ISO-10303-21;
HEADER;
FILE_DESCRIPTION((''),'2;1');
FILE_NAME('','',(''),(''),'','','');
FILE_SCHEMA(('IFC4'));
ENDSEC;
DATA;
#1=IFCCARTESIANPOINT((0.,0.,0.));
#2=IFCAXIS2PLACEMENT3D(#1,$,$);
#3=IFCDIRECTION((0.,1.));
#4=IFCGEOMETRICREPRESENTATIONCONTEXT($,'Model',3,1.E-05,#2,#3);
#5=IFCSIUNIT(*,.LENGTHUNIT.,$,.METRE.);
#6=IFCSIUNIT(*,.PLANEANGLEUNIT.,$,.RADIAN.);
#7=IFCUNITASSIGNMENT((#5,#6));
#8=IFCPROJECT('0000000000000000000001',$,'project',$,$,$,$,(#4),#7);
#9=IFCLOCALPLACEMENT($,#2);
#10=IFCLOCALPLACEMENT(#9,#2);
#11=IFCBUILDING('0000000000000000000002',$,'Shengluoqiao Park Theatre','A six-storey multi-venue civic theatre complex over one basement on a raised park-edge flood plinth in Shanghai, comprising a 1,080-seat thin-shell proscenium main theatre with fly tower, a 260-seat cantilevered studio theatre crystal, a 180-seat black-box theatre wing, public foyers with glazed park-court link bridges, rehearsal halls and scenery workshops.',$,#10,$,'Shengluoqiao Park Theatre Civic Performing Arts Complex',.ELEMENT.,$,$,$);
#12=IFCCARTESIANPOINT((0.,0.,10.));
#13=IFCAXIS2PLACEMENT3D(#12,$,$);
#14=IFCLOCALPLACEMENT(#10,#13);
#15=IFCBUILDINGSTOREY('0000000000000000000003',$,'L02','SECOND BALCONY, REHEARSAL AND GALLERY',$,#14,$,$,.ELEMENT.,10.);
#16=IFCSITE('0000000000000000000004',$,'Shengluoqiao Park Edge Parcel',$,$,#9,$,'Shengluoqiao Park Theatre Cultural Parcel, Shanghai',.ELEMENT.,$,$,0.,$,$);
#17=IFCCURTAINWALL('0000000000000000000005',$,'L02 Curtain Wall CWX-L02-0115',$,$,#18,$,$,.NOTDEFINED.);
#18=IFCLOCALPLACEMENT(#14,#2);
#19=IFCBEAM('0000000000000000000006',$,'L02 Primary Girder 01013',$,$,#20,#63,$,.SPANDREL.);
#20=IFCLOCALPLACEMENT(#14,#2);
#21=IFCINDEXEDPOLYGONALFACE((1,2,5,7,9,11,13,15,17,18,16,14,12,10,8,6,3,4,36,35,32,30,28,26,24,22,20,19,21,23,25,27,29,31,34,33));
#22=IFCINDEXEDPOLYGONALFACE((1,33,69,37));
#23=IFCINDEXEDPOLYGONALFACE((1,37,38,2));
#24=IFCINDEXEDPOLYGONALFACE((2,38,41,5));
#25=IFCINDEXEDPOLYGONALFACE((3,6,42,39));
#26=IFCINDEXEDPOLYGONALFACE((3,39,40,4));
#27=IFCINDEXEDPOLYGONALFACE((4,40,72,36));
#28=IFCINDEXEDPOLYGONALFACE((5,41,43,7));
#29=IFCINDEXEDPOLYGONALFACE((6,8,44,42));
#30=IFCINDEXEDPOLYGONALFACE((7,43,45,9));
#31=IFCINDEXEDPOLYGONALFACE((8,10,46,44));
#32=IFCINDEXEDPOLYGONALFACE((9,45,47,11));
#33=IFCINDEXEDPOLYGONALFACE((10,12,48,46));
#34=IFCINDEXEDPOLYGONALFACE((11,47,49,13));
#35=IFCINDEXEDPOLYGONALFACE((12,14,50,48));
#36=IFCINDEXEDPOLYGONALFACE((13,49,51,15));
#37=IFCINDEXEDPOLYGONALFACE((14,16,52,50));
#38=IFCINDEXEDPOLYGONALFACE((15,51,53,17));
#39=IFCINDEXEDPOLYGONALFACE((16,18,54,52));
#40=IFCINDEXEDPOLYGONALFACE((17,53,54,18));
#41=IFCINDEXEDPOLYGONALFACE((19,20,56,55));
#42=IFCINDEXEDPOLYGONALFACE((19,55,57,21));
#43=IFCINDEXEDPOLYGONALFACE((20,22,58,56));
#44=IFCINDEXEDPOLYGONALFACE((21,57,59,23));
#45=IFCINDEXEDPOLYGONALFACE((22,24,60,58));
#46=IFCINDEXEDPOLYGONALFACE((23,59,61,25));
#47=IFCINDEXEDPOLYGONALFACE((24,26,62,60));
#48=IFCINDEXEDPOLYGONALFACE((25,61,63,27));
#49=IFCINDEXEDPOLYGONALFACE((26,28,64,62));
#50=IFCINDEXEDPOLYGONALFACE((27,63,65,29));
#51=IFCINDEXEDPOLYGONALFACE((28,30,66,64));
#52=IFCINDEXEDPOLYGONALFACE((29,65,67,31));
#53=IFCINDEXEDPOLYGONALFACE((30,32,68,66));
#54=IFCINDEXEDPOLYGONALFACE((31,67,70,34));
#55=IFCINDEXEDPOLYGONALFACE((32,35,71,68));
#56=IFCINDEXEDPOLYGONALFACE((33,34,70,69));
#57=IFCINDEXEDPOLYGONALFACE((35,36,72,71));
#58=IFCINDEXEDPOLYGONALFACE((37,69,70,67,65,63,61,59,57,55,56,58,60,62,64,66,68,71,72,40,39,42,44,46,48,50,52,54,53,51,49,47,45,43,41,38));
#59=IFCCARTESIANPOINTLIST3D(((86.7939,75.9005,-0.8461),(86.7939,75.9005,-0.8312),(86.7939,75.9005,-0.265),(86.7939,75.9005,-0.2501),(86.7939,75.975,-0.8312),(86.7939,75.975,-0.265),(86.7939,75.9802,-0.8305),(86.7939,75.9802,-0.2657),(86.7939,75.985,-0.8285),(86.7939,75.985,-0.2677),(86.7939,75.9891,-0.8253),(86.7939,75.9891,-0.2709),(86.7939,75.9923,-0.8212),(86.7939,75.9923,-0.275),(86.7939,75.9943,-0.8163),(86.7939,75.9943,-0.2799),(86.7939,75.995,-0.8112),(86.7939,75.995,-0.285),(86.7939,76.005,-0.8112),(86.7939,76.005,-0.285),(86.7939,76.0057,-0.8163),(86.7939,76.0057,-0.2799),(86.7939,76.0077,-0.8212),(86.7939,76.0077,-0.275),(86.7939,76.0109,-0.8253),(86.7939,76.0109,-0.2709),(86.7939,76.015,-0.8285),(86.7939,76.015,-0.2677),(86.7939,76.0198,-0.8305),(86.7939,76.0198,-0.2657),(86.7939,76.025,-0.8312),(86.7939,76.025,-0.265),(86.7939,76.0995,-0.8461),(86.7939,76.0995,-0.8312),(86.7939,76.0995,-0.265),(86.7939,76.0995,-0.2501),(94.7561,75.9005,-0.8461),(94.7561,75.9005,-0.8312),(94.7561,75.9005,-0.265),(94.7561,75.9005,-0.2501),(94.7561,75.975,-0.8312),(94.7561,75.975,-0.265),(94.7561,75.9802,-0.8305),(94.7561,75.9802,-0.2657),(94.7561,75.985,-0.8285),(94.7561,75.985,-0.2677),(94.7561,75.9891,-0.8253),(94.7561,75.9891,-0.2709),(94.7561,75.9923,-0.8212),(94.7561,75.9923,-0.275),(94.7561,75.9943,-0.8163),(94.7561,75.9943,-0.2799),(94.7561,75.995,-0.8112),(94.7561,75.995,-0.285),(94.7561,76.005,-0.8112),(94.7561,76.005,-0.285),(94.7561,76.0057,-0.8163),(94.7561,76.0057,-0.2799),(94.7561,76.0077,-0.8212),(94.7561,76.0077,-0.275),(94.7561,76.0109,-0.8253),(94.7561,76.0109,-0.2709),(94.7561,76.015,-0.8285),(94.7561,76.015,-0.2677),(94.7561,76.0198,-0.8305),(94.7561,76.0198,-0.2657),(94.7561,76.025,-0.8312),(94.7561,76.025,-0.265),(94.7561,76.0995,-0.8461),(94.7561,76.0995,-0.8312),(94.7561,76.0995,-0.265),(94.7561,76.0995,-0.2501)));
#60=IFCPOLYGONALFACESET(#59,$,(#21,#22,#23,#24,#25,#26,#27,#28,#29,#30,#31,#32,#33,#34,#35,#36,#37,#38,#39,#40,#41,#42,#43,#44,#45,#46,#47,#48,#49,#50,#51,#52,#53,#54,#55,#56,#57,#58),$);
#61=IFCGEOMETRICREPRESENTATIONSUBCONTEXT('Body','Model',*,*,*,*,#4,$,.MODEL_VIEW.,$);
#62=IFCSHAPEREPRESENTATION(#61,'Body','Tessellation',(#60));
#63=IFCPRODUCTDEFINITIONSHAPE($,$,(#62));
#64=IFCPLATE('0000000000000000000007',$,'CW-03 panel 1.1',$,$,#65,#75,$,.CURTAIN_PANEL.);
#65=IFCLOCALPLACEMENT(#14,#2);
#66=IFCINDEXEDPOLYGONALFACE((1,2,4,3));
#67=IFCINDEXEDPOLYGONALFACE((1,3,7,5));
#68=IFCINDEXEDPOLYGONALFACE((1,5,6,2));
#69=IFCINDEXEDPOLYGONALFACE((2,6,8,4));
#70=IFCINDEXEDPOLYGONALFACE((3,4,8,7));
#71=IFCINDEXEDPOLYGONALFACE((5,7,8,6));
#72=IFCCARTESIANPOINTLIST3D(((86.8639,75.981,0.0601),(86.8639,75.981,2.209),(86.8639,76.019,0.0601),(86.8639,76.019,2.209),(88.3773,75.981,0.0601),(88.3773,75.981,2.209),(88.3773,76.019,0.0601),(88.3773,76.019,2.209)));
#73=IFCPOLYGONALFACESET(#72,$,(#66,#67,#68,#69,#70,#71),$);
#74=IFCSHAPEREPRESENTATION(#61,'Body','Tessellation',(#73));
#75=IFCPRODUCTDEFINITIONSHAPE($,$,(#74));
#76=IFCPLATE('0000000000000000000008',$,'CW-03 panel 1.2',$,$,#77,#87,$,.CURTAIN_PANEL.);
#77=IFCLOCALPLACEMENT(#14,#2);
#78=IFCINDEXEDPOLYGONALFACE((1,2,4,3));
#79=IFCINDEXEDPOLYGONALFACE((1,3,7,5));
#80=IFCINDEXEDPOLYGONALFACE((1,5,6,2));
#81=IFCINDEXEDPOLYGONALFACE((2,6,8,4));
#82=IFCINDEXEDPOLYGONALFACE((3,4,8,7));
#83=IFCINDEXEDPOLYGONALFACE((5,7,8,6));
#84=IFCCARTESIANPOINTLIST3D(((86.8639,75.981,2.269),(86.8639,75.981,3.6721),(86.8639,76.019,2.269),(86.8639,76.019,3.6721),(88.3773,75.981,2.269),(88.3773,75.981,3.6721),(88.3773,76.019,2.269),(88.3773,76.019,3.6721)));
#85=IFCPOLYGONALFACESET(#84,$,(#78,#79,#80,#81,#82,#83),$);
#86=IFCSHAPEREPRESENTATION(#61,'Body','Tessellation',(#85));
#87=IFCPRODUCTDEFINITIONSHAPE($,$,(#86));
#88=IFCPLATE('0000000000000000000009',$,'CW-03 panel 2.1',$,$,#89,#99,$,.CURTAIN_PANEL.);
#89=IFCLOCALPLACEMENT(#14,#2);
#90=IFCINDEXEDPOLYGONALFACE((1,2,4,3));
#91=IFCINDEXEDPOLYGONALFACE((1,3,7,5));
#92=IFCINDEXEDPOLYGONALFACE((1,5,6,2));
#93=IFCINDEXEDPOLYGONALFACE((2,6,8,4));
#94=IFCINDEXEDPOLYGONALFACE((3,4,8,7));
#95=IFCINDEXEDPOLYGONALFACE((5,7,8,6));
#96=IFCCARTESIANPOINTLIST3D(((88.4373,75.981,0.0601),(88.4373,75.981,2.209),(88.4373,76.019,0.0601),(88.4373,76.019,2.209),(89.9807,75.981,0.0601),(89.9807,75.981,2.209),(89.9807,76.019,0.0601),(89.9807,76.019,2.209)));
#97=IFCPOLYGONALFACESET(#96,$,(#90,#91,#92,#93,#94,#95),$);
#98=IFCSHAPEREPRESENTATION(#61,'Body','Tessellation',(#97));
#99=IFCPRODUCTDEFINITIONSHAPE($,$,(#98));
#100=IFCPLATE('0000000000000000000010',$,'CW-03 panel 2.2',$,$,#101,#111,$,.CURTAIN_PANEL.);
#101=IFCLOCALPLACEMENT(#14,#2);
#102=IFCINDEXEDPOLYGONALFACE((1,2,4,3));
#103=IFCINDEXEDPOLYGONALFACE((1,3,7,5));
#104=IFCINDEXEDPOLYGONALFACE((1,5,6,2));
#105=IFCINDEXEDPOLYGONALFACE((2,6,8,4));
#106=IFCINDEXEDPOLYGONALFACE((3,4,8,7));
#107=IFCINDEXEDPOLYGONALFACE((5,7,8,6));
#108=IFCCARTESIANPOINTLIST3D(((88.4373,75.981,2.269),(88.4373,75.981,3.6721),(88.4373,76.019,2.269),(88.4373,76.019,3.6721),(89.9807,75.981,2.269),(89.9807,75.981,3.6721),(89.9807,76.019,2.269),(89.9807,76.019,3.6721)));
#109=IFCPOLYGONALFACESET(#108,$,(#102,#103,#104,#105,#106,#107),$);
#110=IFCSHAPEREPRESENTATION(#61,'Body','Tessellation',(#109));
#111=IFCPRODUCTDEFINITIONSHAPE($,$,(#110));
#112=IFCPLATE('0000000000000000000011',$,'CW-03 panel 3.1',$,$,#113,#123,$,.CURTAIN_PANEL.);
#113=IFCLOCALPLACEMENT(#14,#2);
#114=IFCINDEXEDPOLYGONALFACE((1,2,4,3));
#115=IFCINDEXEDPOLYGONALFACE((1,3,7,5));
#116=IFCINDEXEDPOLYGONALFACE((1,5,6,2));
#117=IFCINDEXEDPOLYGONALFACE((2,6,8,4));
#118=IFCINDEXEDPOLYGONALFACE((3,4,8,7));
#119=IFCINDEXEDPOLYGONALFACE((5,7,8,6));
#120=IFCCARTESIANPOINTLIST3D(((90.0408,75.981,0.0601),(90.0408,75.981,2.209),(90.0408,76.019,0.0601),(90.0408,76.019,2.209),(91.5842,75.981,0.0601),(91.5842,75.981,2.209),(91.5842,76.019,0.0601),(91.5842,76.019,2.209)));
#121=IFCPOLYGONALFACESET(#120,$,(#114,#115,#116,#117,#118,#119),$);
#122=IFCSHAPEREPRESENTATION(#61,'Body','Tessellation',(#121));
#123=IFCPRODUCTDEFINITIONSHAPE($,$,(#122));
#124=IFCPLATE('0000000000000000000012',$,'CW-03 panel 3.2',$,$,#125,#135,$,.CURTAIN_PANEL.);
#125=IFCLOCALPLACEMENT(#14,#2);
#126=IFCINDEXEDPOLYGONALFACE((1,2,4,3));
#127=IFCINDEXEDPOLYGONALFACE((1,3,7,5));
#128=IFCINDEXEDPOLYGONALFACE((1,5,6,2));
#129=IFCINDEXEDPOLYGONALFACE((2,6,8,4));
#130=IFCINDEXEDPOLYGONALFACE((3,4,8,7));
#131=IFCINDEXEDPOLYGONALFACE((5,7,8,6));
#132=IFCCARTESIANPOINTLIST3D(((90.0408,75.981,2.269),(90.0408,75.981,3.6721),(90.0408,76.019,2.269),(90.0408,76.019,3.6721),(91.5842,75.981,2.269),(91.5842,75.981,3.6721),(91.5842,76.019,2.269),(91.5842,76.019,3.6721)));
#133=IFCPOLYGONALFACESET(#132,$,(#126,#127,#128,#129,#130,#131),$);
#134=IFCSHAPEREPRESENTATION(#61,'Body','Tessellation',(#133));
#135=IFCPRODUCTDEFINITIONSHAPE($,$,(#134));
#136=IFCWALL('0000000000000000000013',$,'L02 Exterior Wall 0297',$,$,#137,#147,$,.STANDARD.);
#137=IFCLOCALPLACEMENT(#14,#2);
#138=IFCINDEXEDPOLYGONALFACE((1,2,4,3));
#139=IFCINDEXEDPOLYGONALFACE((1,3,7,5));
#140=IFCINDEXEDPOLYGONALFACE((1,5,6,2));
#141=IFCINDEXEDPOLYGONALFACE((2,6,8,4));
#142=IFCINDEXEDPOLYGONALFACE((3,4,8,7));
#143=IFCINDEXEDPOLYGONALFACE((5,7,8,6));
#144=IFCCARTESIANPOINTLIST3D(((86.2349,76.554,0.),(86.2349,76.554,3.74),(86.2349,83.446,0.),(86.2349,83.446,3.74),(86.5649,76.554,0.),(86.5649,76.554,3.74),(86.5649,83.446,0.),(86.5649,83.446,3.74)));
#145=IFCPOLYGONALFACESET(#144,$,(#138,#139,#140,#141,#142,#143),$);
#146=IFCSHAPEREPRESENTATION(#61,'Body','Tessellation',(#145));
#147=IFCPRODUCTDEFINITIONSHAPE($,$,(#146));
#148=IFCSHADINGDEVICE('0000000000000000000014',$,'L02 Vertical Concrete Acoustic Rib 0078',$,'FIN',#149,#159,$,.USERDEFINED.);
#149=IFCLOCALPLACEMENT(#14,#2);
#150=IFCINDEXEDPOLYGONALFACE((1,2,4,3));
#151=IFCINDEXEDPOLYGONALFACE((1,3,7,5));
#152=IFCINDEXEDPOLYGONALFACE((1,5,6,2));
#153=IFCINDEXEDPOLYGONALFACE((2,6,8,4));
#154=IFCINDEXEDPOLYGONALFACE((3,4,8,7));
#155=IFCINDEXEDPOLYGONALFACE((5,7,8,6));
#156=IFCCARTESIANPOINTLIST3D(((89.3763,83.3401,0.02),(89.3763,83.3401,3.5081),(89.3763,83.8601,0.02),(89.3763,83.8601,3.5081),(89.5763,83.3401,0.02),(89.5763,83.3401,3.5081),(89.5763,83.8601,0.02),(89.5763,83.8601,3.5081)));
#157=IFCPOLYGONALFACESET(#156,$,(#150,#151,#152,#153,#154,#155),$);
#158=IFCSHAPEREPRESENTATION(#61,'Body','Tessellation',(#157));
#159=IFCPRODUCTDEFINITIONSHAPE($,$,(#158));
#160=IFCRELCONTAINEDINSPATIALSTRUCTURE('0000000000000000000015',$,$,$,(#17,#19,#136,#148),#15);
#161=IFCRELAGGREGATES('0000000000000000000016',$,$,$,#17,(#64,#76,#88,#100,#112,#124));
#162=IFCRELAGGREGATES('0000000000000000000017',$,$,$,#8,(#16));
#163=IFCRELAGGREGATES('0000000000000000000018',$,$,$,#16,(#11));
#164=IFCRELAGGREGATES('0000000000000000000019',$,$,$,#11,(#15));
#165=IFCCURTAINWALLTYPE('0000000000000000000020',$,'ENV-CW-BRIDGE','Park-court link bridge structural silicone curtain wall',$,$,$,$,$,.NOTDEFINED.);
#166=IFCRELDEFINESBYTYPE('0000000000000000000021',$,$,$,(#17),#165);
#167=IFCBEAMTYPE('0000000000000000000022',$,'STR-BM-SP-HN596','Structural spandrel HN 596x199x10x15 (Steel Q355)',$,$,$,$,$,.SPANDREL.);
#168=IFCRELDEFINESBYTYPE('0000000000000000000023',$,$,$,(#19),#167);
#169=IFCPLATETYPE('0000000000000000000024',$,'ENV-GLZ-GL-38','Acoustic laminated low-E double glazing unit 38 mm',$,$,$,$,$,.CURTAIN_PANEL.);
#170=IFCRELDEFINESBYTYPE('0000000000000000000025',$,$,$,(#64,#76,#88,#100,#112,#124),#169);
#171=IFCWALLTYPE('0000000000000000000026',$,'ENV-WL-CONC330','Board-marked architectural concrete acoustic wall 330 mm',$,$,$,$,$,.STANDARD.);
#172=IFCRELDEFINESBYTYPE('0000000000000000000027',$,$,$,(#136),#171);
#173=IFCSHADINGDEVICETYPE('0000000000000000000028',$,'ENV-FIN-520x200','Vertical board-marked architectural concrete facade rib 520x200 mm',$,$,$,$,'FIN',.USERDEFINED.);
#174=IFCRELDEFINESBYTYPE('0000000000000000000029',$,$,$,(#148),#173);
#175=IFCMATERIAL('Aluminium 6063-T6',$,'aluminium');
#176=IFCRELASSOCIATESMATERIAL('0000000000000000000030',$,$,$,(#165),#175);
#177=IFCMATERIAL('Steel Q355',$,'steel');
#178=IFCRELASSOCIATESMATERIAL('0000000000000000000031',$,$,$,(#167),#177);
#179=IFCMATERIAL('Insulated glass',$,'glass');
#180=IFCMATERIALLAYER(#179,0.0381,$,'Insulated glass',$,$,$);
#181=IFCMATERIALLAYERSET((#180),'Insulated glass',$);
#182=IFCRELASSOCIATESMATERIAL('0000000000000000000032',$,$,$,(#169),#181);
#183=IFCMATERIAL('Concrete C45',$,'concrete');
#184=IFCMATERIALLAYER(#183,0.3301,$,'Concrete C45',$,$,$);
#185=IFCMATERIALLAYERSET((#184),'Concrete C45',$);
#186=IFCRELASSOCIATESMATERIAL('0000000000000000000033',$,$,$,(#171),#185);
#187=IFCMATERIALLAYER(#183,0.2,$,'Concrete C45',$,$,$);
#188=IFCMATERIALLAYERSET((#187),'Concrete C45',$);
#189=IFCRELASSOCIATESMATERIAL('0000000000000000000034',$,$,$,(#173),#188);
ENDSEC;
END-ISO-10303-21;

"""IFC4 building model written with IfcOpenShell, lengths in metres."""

from ifc_helpers import new_model, si_unit, direction, frame, frame_2d, origin, origin_2d, place, context, subcontext, project, spatial, rectangle, i_section, extrude, material, layer, layer_set, material_profile, profile_set, type_object, element, aggregate, save


model = new_model("IFC4")

# Units and contexts
model_context = context("Model", 3, precision=1e-05, world=origin(), true_north=direction((0.0, 1.0)))
body_context = subcontext(model_context, "Body", "Model", "MODEL_VIEW")
ifc_project = project(units=[si_unit("LENGTHUNIT", "METRE"), si_unit("PLANEANGLEUNIT", "RADIAN")], contexts=[model_context])

# Site, building, storey
site_placement = place(None, origin())
site = spatial("IfcSite", under=ifc_project, at=site_placement, Name="Shengluoqiao Park Edge Parcel", LongName="Shengluoqiao Park Theatre Cultural Parcel, Shanghai", CompositionType="ELEMENT", RefElevation=0.0)
building_placement = place(site_placement, origin())
building = spatial("IfcBuilding", under=site, at=building_placement, Name="Shengluoqiao Park Theatre", Description="A six-storey multi-venue civic theatre complex over one basement on a raised park-edge flood plinth in Shanghai, comprising a 1,080-seat thin-shell proscenium main theatre with fly tower, a 260-seat cantilevered studio theatre crystal, a 180-seat black-box theatre wing, public foyers with glazed park-court link bridges, rehearsal halls and scenery workshops.", LongName="Shengluoqiao Park Theatre Civic Performing Arts Complex", CompositionType="ELEMENT")
storey_placement = place(building_placement, frame((0.0, 0.0, 10.0)))
storey = spatial("IfcBuildingStorey", under=building, at=storey_placement, Name="L02", Description="SECOND BALCONY, REHEARSAL AND GALLERY", CompositionType="ELEMENT", Elevation=10.0)

# Curtain wall
ifc_material_1 = material(Name="Aluminium 6063-T6", Category="aluminium")
curtain_wall_type = type_object("IfcCurtainWallType", Name="ENV-CW-BRIDGE", Description="Park-court link bridge structural silicone curtain wall", PredefinedType="NOTDEFINED", material=ifc_material_1)
curtain_wall_placement = place(storey_placement, origin())
curtain_wall = element("IfcCurtainWall", 1, at=curtain_wall_placement, inside=storey, type_object=curtain_wall_type, Name="L02 Curtain Wall CWX-L02-0115", PredefinedType="NOTDEFINED")

# Beam
ifc_material_2 = material(Name="Steel Q355", Category="steel")
ifc_material_profile_1 = material_profile(ifc_material_2, i_section(OverallWidth=0.199, OverallDepth=0.5959, WebThickness=0.01, FlangeThickness=0.0149, FilletRadius=0.02, at=origin_2d()), Name="HN 596x199x10x15")
ifc_profile_set_1 = profile_set([ifc_material_profile_1], Name="Steel Q355")
beam_type_1 = type_object("IfcBeamType", Name="STR-BM-SP-HN596", Description="Structural spandrel HN 596x199x10x15 (Steel Q355)", PredefinedType="SPANDREL", material=ifc_profile_set_1)
beam_1_placement = place(storey_placement, frame((86.7939, 76.0, -0.5481), z_axis=(1.0, 0.0, 0.0), x_axis=(0.0, 1.0, 0.0)))
element("IfcBeam", 2, at=beam_1_placement, inside=storey, type_object=beam_type_1, Name="L02 Primary Girder 01013", PredefinedType="SPANDREL", context=body_context, shape_type="SweptSolid", body=[
    extrude(i_section(OverallWidth=0.199, OverallDepth=0.5959, WebThickness=0.01, FlangeThickness=0.0149, FilletRadius=0.02, at=origin_2d()), origin(), (0.0, 0.0, 1.0), 7.9622),
])

# Plates
ifc_material_3 = material(Name="Insulated glass", Category="glass")
ifc_layer_1 = layer(ifc_material_3, 0.0381, Name="Insulated glass")
ifc_layer_set_1 = layer_set([ifc_layer_1], Name="Insulated glass")
plate_type = type_object("IfcPlateType", Name="ENV-GLZ-GL-38", Description="Acoustic laminated low-E double glazing unit 38 mm", PredefinedType="CURTAIN_PANEL", material=ifc_layer_set_1)
plate_1_placement = place(storey_placement, frame((87.6206, 76.0, 0.0601), z_axis=(0.0, 0.0, 1.0), x_axis=(1.0, 0.0, 0.0)))
plate_1 = element("IfcPlate", 3, at=plate_1_placement, type_object=plate_type, Name="CW-03 panel 1.1", PredefinedType="CURTAIN_PANEL", context=body_context, shape_type="SweptSolid", body=[
    extrude(rectangle(XDim=1.5134, YDim=0.0381, at=origin_2d()), origin(), (0.0, 0.0, 1.0), 2.1489),
])
plate_2_placement = place(storey_placement, frame((87.6206, 76.0, 2.269), z_axis=(0.0, 0.0, 1.0), x_axis=(1.0, 0.0, 0.0)))
plate_2 = element("IfcPlate", 4, at=plate_2_placement, type_object=plate_type, Name="CW-03 panel 1.2", PredefinedType="CURTAIN_PANEL", context=body_context, shape_type="SweptSolid", body=[
    extrude(rectangle(XDim=1.5134, YDim=0.0381, at=origin_2d()), origin(), (0.0, 0.0, 1.0), 1.4031),
])
plate_3_placement = place(storey_placement, frame((89.209, 76.0, 0.0601), z_axis=(0.0, 0.0, 1.0), x_axis=(1.0, 0.0, 0.0)))
plate_3 = element("IfcPlate", 5, at=plate_3_placement, type_object=plate_type, Name="CW-03 panel 2.1", PredefinedType="CURTAIN_PANEL", context=body_context, shape_type="SweptSolid", body=[
    extrude(rectangle(XDim=1.5435, YDim=0.0381, at=origin_2d()), origin(), (0.0, 0.0, 1.0), 2.1489),
])
plate_4_placement = place(storey_placement, frame((89.209, 76.0, 2.269), z_axis=(0.0, 0.0, 1.0), x_axis=(1.0, 0.0, 0.0)))
plate_4 = element("IfcPlate", 6, at=plate_4_placement, type_object=plate_type, Name="CW-03 panel 2.2", PredefinedType="CURTAIN_PANEL", context=body_context, shape_type="SweptSolid", body=[
    extrude(rectangle(XDim=1.5435, YDim=0.0381, at=origin_2d()), origin(), (0.0, 0.0, 1.0), 1.4031),
])
plate_5_placement = place(storey_placement, frame((90.8125, 76.0, 0.0601), z_axis=(0.0, 0.0, 1.0), x_axis=(1.0, 0.0, 0.0)))
plate_5 = element("IfcPlate", 7, at=plate_5_placement, type_object=plate_type, Name="CW-03 panel 3.1", PredefinedType="CURTAIN_PANEL", context=body_context, shape_type="SweptSolid", body=[
    extrude(rectangle(XDim=1.5435, YDim=0.0381, at=origin_2d()), origin(), (0.0, 0.0, 1.0), 2.1489),
])
plate_6_placement = place(storey_placement, frame((90.8125, 76.0, 2.269), z_axis=(0.0, 0.0, 1.0), x_axis=(1.0, 0.0, 0.0)))
plate_6 = element("IfcPlate", 8, at=plate_6_placement, type_object=plate_type, Name="CW-03 panel 3.2", PredefinedType="CURTAIN_PANEL", context=body_context, shape_type="SweptSolid", body=[
    extrude(rectangle(XDim=1.5435, YDim=0.0381, at=origin_2d()), origin(), (0.0, 0.0, 1.0), 1.4031),
])
aggregate(curtain_wall, [plate_1, plate_2, plate_3, plate_4, plate_5, plate_6])

# Wall
ifc_material_4 = material(Name="Concrete C45", Category="concrete")
ifc_layer_2 = layer(ifc_material_4, 0.3301, Name="Concrete C45")
ifc_layer_set_2 = layer_set([ifc_layer_2], Name="Concrete C45")
wall_type = type_object("IfcWallType", Name="ENV-WL-CONC330", Description="Board-marked architectural concrete acoustic wall 330 mm", PredefinedType="STANDARD", material=ifc_layer_set_2)
wall_placement = place(storey_placement, frame((86.3999, 76.554, 0.0), z_axis=(0.0, 0.0, 1.0), x_axis=(0.0, 1.0, 0.0)))
element("IfcWall", 9, at=wall_placement, inside=storey, type_object=wall_type, Name="L02 Exterior Wall 0297", PredefinedType="STANDARD", context=body_context, shape_type="SweptSolid", body=[
    extrude(rectangle(XDim=6.8921, YDim=0.3301, at=frame_2d((3.446, 0.0))), origin(), (0.0, 0.0, 1.0), 3.74),
])

# Shading device
ifc_layer_3 = layer(ifc_material_4, 0.2, Name="Concrete C45")
ifc_layer_set_3 = layer_set([ifc_layer_3], Name="Concrete C45")
shading_device_type = type_object("IfcShadingDeviceType", Name="ENV-FIN-520x200", Description="Vertical board-marked architectural concrete facade rib 520x200 mm", ElementType="FIN", PredefinedType="USERDEFINED", material=ifc_layer_set_3)
shading_device_placement = place(storey_placement, frame((89.4763, 83.6001, 0.02), z_axis=(0.0, 0.0, 1.0), x_axis=(0.0, -1.0, 0.0)))
element("IfcShadingDevice", 10, at=shading_device_placement, inside=storey, type_object=shading_device_type, Name="L02 Vertical Concrete Acoustic Rib 0078", ObjectType="FIN", PredefinedType="USERDEFINED", context=body_context, shape_type="SweptSolid", body=[
    extrude(rectangle(XDim=0.52, YDim=0.2, at=origin_2d()), origin(), (0.0, 0.0, 1.0), 3.488),
])

save(model, "model.ifc")
